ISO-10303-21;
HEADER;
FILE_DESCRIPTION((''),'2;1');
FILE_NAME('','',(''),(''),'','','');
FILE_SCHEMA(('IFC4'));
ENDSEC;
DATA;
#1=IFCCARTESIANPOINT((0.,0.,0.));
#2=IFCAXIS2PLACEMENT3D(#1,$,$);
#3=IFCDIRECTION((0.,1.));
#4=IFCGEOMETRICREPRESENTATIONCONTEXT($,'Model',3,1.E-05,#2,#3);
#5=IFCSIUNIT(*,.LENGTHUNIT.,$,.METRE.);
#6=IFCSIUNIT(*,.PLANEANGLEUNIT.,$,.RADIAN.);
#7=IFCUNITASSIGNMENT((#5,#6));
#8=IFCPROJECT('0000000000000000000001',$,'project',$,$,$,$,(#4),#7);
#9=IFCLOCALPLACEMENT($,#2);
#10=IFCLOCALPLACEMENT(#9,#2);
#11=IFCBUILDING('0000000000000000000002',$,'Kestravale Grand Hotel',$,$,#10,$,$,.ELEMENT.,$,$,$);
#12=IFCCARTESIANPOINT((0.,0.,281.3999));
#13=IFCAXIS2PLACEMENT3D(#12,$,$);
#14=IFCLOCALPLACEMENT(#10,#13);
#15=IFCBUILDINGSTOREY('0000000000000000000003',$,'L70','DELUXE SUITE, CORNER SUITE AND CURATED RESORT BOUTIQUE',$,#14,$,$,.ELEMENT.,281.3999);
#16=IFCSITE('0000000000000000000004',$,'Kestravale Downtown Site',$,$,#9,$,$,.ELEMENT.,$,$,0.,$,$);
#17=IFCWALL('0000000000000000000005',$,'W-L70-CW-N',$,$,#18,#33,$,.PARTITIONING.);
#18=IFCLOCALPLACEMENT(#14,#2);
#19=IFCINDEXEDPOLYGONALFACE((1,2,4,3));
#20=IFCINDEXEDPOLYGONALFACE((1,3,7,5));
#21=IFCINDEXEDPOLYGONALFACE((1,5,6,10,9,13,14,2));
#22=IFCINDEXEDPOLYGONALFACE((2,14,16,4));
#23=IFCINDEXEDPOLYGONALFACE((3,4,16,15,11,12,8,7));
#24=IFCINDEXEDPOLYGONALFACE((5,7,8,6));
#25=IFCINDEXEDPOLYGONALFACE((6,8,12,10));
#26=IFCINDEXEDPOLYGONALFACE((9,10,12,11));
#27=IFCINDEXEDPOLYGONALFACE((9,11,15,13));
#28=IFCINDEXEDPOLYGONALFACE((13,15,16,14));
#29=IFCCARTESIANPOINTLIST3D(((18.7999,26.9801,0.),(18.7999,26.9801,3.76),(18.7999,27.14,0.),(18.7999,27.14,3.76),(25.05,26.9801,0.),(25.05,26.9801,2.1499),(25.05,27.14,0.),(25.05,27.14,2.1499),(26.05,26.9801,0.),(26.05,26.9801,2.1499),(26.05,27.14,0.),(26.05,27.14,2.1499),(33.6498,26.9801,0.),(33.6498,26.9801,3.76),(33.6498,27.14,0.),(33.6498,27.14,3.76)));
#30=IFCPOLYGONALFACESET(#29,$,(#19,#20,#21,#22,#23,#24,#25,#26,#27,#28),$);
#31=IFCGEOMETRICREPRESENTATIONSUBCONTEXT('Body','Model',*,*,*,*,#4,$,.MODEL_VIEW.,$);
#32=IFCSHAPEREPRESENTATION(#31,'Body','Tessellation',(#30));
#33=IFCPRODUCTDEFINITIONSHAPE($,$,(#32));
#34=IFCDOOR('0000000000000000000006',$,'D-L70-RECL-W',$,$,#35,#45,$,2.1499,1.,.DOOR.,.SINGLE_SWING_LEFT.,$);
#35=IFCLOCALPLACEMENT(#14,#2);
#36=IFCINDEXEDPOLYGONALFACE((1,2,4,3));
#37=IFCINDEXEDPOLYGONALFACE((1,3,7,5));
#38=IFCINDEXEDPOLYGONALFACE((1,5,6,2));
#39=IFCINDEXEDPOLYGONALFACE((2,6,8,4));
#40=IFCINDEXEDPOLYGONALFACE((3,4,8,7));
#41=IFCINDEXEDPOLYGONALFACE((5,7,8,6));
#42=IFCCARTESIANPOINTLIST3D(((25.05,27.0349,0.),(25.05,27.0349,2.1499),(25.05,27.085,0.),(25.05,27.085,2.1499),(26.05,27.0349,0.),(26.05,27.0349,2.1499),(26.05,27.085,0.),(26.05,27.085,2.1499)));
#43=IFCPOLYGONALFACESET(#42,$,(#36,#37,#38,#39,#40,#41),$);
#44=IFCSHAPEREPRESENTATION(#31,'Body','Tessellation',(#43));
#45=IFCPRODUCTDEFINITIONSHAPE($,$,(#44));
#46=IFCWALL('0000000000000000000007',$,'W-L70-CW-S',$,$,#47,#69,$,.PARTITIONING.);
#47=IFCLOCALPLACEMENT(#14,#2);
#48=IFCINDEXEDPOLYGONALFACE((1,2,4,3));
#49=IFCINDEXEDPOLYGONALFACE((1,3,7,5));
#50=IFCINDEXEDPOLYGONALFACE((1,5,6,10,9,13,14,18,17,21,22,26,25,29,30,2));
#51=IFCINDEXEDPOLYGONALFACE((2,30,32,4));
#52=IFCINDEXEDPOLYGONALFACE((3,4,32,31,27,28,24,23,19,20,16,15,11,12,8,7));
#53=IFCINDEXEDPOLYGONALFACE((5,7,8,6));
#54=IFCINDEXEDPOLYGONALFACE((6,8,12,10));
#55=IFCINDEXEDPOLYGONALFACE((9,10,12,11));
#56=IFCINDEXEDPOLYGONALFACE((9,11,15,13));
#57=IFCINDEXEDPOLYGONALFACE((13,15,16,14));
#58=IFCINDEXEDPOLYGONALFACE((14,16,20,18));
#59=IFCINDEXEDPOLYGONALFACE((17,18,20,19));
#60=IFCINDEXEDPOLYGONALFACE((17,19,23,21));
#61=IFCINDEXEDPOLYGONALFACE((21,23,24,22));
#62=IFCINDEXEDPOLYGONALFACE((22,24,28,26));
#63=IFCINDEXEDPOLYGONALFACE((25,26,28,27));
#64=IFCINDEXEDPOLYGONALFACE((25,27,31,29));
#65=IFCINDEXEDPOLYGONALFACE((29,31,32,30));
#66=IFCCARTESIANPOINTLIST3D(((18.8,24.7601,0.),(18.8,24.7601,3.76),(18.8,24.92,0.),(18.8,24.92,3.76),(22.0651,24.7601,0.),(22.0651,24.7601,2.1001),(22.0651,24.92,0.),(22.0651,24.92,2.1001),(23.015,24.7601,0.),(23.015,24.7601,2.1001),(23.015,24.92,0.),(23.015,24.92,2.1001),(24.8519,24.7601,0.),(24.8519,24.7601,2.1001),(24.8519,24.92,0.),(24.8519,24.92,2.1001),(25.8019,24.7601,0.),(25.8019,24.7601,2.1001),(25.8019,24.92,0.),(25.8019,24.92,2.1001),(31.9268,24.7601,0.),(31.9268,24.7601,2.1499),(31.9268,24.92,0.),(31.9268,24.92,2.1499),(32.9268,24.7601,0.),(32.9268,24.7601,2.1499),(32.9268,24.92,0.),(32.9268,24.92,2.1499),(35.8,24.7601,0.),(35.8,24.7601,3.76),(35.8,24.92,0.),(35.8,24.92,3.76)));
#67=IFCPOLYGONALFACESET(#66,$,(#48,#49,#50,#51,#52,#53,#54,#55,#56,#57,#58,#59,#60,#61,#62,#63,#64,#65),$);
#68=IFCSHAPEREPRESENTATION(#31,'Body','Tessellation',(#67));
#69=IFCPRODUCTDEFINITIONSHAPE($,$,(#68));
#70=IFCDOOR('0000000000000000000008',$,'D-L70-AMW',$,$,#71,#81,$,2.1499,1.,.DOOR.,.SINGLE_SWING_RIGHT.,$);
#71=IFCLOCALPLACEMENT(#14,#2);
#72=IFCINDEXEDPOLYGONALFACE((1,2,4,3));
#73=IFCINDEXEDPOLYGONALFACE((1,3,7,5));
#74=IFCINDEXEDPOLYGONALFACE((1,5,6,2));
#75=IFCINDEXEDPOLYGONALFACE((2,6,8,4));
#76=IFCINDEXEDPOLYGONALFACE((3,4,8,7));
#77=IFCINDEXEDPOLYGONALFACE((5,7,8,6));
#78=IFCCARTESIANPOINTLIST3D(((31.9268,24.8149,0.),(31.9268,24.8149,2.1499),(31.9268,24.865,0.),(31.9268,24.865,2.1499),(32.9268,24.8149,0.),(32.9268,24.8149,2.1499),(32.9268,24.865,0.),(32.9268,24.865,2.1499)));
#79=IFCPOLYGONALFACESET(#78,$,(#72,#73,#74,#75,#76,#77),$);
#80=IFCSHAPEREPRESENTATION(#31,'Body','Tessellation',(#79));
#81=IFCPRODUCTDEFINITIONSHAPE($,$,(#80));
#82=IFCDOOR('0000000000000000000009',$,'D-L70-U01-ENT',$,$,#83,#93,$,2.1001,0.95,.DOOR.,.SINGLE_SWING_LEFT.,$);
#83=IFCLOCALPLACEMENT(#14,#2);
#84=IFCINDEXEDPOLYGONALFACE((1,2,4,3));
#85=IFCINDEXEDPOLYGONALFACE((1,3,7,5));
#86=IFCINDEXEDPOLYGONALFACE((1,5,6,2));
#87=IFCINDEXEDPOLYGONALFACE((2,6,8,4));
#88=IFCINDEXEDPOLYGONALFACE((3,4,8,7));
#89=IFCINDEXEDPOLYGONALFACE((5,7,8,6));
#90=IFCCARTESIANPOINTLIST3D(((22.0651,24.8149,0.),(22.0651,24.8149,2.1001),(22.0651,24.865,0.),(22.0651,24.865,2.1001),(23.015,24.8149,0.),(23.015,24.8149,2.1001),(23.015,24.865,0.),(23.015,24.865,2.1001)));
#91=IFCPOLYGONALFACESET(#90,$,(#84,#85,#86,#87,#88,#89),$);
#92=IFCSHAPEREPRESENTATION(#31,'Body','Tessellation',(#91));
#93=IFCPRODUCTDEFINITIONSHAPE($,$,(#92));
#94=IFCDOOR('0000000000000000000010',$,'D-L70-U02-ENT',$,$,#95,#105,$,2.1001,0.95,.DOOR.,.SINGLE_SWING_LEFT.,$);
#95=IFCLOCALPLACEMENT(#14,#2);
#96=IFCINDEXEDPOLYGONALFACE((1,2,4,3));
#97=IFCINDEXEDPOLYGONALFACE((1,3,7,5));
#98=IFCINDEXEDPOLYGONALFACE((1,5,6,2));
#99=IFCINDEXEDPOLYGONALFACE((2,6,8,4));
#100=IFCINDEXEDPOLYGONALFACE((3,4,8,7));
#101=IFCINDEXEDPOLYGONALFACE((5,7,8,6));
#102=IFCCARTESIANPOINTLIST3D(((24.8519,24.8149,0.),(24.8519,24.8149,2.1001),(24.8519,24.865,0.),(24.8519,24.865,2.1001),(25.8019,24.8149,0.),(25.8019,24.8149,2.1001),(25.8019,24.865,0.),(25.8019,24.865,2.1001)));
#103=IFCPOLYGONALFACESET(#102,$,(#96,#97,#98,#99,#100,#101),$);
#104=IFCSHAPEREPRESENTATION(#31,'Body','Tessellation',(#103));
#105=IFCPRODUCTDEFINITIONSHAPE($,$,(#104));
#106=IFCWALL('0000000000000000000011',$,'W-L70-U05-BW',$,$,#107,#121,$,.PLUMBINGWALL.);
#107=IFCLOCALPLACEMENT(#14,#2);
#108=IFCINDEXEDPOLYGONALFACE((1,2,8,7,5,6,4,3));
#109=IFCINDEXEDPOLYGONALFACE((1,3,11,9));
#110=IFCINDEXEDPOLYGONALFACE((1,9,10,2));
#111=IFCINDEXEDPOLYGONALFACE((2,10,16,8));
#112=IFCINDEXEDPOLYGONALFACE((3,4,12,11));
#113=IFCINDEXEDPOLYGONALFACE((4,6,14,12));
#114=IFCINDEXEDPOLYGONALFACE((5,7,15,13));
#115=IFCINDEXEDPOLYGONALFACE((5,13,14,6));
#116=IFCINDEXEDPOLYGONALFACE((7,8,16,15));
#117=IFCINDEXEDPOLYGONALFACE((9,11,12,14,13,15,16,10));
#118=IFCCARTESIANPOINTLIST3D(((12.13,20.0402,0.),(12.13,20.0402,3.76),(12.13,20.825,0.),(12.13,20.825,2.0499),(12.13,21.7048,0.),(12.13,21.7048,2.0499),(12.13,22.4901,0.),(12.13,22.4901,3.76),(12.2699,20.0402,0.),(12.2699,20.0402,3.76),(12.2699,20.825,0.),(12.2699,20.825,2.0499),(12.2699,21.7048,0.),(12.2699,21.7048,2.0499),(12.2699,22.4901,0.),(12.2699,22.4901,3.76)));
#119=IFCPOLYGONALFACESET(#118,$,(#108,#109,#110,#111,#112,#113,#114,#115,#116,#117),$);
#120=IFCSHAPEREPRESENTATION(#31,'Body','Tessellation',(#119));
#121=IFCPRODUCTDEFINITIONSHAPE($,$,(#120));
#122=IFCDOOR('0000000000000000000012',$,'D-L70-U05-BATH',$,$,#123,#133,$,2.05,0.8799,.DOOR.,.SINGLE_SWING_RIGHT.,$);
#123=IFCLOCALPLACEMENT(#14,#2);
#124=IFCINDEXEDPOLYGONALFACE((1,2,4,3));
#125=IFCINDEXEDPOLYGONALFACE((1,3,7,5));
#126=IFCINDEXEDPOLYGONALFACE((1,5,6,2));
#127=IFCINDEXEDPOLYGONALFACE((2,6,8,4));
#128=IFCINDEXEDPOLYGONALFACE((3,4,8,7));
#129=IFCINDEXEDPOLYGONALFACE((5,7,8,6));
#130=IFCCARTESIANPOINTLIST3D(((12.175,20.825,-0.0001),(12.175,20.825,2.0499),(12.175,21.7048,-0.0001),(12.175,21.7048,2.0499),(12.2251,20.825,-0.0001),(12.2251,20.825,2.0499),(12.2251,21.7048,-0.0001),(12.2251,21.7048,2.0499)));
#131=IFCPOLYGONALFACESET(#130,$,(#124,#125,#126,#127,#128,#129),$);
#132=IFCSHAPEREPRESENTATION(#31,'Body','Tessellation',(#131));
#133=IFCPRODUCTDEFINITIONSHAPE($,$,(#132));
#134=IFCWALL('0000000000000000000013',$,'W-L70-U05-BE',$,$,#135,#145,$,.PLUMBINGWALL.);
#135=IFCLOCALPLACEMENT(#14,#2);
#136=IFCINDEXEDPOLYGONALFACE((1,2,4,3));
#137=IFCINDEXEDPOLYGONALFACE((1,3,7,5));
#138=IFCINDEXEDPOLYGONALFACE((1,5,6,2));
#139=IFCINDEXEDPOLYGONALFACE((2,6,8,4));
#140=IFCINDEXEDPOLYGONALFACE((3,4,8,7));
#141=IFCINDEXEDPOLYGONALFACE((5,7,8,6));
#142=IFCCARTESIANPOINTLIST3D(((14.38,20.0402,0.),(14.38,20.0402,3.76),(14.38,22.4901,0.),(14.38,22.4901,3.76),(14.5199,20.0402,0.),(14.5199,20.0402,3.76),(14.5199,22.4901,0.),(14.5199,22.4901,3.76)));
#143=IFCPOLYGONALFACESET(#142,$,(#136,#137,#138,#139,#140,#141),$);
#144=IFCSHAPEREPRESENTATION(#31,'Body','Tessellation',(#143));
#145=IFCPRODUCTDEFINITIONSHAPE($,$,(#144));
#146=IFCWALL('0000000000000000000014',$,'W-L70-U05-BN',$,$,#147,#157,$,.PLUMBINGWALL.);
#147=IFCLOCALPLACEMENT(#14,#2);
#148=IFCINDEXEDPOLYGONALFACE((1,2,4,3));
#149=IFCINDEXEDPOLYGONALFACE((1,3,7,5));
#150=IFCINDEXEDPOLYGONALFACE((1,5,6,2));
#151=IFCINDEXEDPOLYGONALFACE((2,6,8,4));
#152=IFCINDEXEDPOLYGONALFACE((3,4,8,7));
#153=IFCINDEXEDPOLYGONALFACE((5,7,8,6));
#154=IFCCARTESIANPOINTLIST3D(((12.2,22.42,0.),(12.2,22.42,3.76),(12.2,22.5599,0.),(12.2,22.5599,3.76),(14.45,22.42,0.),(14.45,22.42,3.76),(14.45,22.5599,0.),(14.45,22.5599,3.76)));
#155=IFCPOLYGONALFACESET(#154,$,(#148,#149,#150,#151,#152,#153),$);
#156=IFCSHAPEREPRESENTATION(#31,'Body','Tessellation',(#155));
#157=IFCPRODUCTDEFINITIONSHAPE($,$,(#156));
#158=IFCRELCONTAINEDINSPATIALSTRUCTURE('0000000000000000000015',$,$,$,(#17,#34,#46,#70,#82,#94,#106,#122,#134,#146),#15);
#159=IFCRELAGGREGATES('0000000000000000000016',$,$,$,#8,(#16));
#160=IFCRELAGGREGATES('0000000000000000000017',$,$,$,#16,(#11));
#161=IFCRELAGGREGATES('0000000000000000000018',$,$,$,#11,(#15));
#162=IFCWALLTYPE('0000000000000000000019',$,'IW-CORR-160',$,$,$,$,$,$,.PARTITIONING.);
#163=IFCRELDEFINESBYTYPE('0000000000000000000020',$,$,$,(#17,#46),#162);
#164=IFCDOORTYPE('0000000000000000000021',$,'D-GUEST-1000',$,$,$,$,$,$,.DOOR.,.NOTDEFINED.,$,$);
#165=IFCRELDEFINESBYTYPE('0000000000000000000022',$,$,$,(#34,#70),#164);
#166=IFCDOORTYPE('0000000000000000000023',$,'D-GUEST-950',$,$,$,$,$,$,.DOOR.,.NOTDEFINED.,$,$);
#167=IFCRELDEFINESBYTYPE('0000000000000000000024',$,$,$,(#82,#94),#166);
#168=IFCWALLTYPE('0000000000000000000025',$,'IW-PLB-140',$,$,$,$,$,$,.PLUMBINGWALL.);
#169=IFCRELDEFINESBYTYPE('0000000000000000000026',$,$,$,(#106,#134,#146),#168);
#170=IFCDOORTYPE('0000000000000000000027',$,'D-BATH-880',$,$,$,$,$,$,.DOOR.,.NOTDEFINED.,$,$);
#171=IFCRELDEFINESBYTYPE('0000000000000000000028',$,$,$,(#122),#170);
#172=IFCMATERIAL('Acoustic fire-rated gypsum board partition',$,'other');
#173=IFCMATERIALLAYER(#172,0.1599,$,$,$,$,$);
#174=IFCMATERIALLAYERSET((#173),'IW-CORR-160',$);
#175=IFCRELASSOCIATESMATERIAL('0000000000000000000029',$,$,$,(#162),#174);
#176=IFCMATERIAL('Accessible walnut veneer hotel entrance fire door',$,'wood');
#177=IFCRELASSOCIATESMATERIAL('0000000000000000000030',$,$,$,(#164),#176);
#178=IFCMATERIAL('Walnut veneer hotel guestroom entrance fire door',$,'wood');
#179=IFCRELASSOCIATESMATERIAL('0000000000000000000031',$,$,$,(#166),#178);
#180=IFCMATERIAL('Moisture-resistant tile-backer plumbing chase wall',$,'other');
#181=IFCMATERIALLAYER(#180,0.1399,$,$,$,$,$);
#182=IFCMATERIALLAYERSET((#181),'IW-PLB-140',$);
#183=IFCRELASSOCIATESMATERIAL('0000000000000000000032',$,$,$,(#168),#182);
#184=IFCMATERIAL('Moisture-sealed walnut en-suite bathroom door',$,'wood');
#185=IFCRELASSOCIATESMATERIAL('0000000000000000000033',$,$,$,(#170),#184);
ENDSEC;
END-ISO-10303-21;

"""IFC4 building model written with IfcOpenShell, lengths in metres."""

from ifc_helpers import new_model, si_unit, direction, frame, frame_2d, origin, place, context, subcontext, project, spatial, rectangle, extrude, material, layer, layer_set, type_object, element, fill, save


model = new_model("IFC4")

# Units and contexts
model_context = context("Model", 3, precision=1e-05, world=origin(), true_north=direction((0.0, 1.0)))
body_context = subcontext(model_context, "Body", "Model", "MODEL_VIEW")
ifc_project = project(units=[si_unit("LENGTHUNIT", "METRE"), si_unit("PLANEANGLEUNIT", "RADIAN")], contexts=[model_context])

# Site, building, storey
site_placement = place(None, origin())
site = spatial("IfcSite", under=ifc_project, at=site_placement, Name="Kestravale Downtown Site", CompositionType="ELEMENT", RefElevation=0.0)
building_placement = place(site_placement, origin())
building = spatial("IfcBuilding", under=site, at=building_placement, Name="Kestravale Grand Hotel", CompositionType="ELEMENT")
storey_placement = place(building_placement, frame((0.0, 0.0, 281.3999)))
storey = spatial("IfcBuildingStorey", under=building, at=storey_placement, Name="L70", Description="DELUXE SUITE, CORNER SUITE AND CURATED RESORT BOUTIQUE", CompositionType="ELEMENT", Elevation=281.3999)

# Wall, opening, door
ifc_material_1 = material(Name="Acoustic fire-rated gypsum board partition", Category="other")
ifc_layer_1 = layer(ifc_material_1, 0.1599)
ifc_layer_set_1 = layer_set([ifc_layer_1], Name="IW-CORR-160")
wall_type_1 = type_object("IfcWallType", Name="IW-CORR-160", PredefinedType="PARTITIONING", material=ifc_layer_set_1)
wall_1_placement = place(storey_placement, frame((18.8, 27.0601, 0.0), z_axis=(0.0, 0.0, 1.0), x_axis=(1.0, 0.0, 0.0)))
wall_1 = element("IfcWall", 1, at=wall_1_placement, inside=storey, type_object=wall_type_1, Name="W-L70-CW-N", PredefinedType="PARTITIONING", context=body_context, shape_type="SweptSolid", body=[
    extrude(rectangle(XDim=14.8499, YDim=0.1599, at=frame_2d((7.4248, 0.0))), origin(), (0.0, 0.0, 1.0), 3.76),
])
opening_1_placement = place(wall_1_placement, frame((6.25, 0.0, 0.0)))
opening_1 = element("IfcOpeningElement", 2, at=opening_1_placement, cuts=wall_1, PredefinedType="OPENING", context=body_context, shape_type="SweptSolid", body=[
    extrude(rectangle(XDim=1.0, YDim=2.1499, at=frame_2d((0.5, 1.075))), frame((0.0, 0.0898, 0.0), z_axis=(0.0, -1.0, 0.0), x_axis=(1.0, 0.0, 0.0)), (0.0, 0.0, 1.0), 0.1799),
])
ifc_material_2 = material(Name="Accessible walnut veneer hotel entrance fire door", Category="wood")
door_type_1 = type_object("IfcDoorType", Name="D-GUEST-1000", OperationType="NOTDEFINED", PredefinedType="DOOR", material=ifc_material_2)
door_1_placement = place(opening_1_placement, origin())
door_1 = element("IfcDoor", 3, at=door_1_placement, inside=storey, type_object=door_type_1, Name="D-L70-RECL-W", OperationType="SINGLE_SWING_LEFT", OverallHeight=2.1499, OverallWidth=1.0, PredefinedType="DOOR", context=body_context, shape_type="SweptSolid", body=[
    extrude(rectangle(XDim=1.0, YDim=2.1499, at=frame_2d((0.5, 1.075))), frame((0.0, 0.0249, 0.0), z_axis=(0.0, -1.0, 0.0), x_axis=(1.0, 0.0, 0.0)), (0.0, 0.0, 1.0), 0.05),
])
fill(opening_1, door_1)

# Wall, openings, doors
wall_2_placement = place(storey_placement, frame((18.8, 24.8401, 0.0), z_axis=(0.0, 0.0, 1.0), x_axis=(1.0, 0.0, 0.0)))
wall_2 = element("IfcWall", 4, at=wall_2_placement, inside=storey, type_object=wall_type_1, Name="W-L70-CW-S", PredefinedType="PARTITIONING", context=body_context, shape_type="SweptSolid", body=[
    extrude(rectangle(XDim=17.0, YDim=0.1599, at=frame_2d((8.5, 0.0))), origin(), (0.0, 0.0, 1.0), 3.76),
])
opening_2_placement = place(wall_2_placement, frame((3.2649, 0.0, 0.0)))
opening_2 = element("IfcOpeningElement", 5, at=opening_2_placement, cuts=wall_2, PredefinedType="OPENING", context=body_context, shape_type="SweptSolid", body=[
    extrude(rectangle(XDim=0.95, YDim=2.1001, at=frame_2d((0.4751, 1.05))), frame((0.0, 0.0898, 0.0), z_axis=(0.0, -1.0, 0.0), x_axis=(1.0, 0.0, 0.0)), (0.0, 0.0, 1.0), 0.1799),
])
opening_3_placement = place(wall_2_placement, frame((6.0518, 0.0, 0.0)))
opening_3 = element("IfcOpeningElement", 6, at=opening_3_placement, cuts=wall_2, PredefinedType="OPENING", context=body_context, shape_type="SweptSolid", body=[
    extrude(rectangle(XDim=0.95, YDim=2.1001, at=frame_2d((0.4751, 1.05))), frame((0.0, 0.0898, 0.0), z_axis=(0.0, -1.0, 0.0), x_axis=(1.0, 0.0, 0.0)), (0.0, 0.0, 1.0), 0.1799),
])
opening_4_placement = place(wall_2_placement, frame((13.1267, 0.0, 0.0)))
opening_4 = element("IfcOpeningElement", 7, at=opening_4_placement, cuts=wall_2, PredefinedType="OPENING", context=body_context, shape_type="SweptSolid", body=[
    extrude(rectangle(XDim=1.0, YDim=2.1499, at=frame_2d((0.5, 1.075))), frame((0.0, 0.0898, 0.0), z_axis=(0.0, -1.0, 0.0), x_axis=(1.0, 0.0, 0.0)), (0.0, 0.0, 1.0), 0.1799),
])
door_2_placement = place(opening_4_placement, origin())
door_2 = element("IfcDoor", 8, at=door_2_placement, inside=storey, type_object=door_type_1, Name="D-L70-AMW", OperationType="SINGLE_SWING_RIGHT", OverallHeight=2.1499, OverallWidth=1.0, PredefinedType="DOOR", context=body_context, shape_type="SweptSolid", body=[
    extrude(rectangle(XDim=1.0, YDim=2.1499, at=frame_2d((0.5, 1.075))), frame((0.0, 0.0249, 0.0), z_axis=(0.0, -1.0, 0.0), x_axis=(1.0, 0.0, 0.0)), (0.0, 0.0, 1.0), 0.05),
])
fill(opening_4, door_2)
ifc_material_3 = material(Name="Walnut veneer hotel guestroom entrance fire door", Category="wood")
door_type_2 = type_object("IfcDoorType", Name="D-GUEST-950", OperationType="NOTDEFINED", PredefinedType="DOOR", material=ifc_material_3)
door_3_placement = place(opening_2_placement, origin())
door_3 = element("IfcDoor", 9, at=door_3_placement, inside=storey, type_object=door_type_2, Name="D-L70-U01-ENT", OperationType="SINGLE_SWING_LEFT", OverallHeight=2.1001, OverallWidth=0.95, PredefinedType="DOOR", context=body_context, shape_type="SweptSolid", body=[
    extrude(rectangle(XDim=0.95, YDim=2.1001, at=frame_2d((0.4751, 1.05))), frame((0.0, 0.0249, 0.0), z_axis=(0.0, -1.0, 0.0), x_axis=(1.0, 0.0, 0.0)), (0.0, 0.0, 1.0), 0.05),
])
fill(opening_2, door_3)
door_4_placement = place(opening_3_placement, origin())
door_4 = element("IfcDoor", 10, at=door_4_placement, inside=storey, type_object=door_type_2, Name="D-L70-U02-ENT", OperationType="SINGLE_SWING_LEFT", OverallHeight=2.1001, OverallWidth=0.95, PredefinedType="DOOR", context=body_context, shape_type="SweptSolid", body=[
    extrude(rectangle(XDim=0.95, YDim=2.1001, at=frame_2d((0.4751, 1.05))), frame((0.0, 0.0249, 0.0), z_axis=(0.0, -1.0, 0.0), x_axis=(1.0, 0.0, 0.0)), (0.0, 0.0, 1.0), 0.05),
])
fill(opening_3, door_4)

# Wall, opening, door
ifc_material_4 = material(Name="Moisture-resistant tile-backer plumbing chase wall", Category="other")
ifc_layer_2 = layer(ifc_material_4, 0.1399)
ifc_layer_set_2 = layer_set([ifc_layer_2], Name="IW-PLB-140")
wall_type_2 = type_object("IfcWallType", Name="IW-PLB-140", PredefinedType="PLUMBINGWALL", material=ifc_layer_set_2)
wall_3_placement = place(storey_placement, frame((12.2, 20.04, 0.0), z_axis=(0.0, 0.0, 1.0), x_axis=(0.0, 1.0, 0.0)))
wall_3 = element("IfcWall", 11, at=wall_3_placement, inside=storey, type_object=wall_type_2, Name="W-L70-U05-BW", PredefinedType="PLUMBINGWALL", context=body_context, shape_type="SweptSolid", body=[
    extrude(rectangle(XDim=2.45, YDim=0.1399, at=frame_2d((1.2251, 0.0))), origin(), (0.0, 0.0, 1.0), 3.76),
])
opening_5_placement = place(wall_3_placement, frame((0.7849, 0.0, 0.0)))
opening_5 = element("IfcOpeningElement", 12, at=opening_5_placement, cuts=wall_3, PredefinedType="OPENING", context=body_context, shape_type="SweptSolid", body=[
    extrude(rectangle(XDim=0.8799, YDim=2.05, at=frame_2d((0.4399, 1.0249))), frame((0.0, 0.0798, 0.0), z_axis=(0.0, -1.0, 0.0), x_axis=(1.0, 0.0, 0.0)), (0.0, 0.0, 1.0), 0.1599),
])
ifc_material_5 = material(Name="Moisture-sealed walnut en-suite bathroom door", Category="wood")
door_type_3 = type_object("IfcDoorType", Name="D-BATH-880", OperationType="NOTDEFINED", PredefinedType="DOOR", material=ifc_material_5)
door_5_placement = place(opening_5_placement, origin())
door_5 = element("IfcDoor", 13, at=door_5_placement, inside=storey, type_object=door_type_3, Name="D-L70-U05-BATH", OperationType="SINGLE_SWING_RIGHT", OverallHeight=2.05, OverallWidth=0.8799, PredefinedType="DOOR", context=body_context, shape_type="SweptSolid", body=[
    extrude(rectangle(XDim=0.8799, YDim=2.05, at=frame_2d((0.4399, 1.0249))), frame((0.0, 0.0249, 0.0), z_axis=(0.0, -1.0, 0.0), x_axis=(1.0, 0.0, 0.0)), (0.0, 0.0, 1.0), 0.05),
])
fill(opening_5, door_5)

# Walls
wall_4_placement = place(storey_placement, frame((14.45, 20.04, 0.0), z_axis=(0.0, 0.0, 1.0), x_axis=(0.0, 1.0, 0.0)))
element("IfcWall", 14, at=wall_4_placement, inside=storey, type_object=wall_type_2, Name="W-L70-U05-BE", PredefinedType="PLUMBINGWALL", context=body_context, shape_type="SweptSolid", body=[
    extrude(rectangle(XDim=2.45, YDim=0.1399, at=frame_2d((1.2251, 0.0))), origin(), (0.0, 0.0, 1.0), 3.76),
])
wall_5_placement = place(storey_placement, frame((12.2, 22.49, 0.0), z_axis=(0.0, 0.0, 1.0), x_axis=(1.0, 0.0, 0.0)))
element("IfcWall", 15, at=wall_5_placement, inside=storey, type_object=wall_type_2, Name="W-L70-U05-BN", PredefinedType="PLUMBINGWALL", context=body_context, shape_type="SweptSolid", body=[
    extrude(rectangle(XDim=2.25, YDim=0.1399, at=frame_2d((1.125, 0.0))), origin(), (0.0, 0.0, 1.0), 3.76),
])

save(model, "model.ifc")
